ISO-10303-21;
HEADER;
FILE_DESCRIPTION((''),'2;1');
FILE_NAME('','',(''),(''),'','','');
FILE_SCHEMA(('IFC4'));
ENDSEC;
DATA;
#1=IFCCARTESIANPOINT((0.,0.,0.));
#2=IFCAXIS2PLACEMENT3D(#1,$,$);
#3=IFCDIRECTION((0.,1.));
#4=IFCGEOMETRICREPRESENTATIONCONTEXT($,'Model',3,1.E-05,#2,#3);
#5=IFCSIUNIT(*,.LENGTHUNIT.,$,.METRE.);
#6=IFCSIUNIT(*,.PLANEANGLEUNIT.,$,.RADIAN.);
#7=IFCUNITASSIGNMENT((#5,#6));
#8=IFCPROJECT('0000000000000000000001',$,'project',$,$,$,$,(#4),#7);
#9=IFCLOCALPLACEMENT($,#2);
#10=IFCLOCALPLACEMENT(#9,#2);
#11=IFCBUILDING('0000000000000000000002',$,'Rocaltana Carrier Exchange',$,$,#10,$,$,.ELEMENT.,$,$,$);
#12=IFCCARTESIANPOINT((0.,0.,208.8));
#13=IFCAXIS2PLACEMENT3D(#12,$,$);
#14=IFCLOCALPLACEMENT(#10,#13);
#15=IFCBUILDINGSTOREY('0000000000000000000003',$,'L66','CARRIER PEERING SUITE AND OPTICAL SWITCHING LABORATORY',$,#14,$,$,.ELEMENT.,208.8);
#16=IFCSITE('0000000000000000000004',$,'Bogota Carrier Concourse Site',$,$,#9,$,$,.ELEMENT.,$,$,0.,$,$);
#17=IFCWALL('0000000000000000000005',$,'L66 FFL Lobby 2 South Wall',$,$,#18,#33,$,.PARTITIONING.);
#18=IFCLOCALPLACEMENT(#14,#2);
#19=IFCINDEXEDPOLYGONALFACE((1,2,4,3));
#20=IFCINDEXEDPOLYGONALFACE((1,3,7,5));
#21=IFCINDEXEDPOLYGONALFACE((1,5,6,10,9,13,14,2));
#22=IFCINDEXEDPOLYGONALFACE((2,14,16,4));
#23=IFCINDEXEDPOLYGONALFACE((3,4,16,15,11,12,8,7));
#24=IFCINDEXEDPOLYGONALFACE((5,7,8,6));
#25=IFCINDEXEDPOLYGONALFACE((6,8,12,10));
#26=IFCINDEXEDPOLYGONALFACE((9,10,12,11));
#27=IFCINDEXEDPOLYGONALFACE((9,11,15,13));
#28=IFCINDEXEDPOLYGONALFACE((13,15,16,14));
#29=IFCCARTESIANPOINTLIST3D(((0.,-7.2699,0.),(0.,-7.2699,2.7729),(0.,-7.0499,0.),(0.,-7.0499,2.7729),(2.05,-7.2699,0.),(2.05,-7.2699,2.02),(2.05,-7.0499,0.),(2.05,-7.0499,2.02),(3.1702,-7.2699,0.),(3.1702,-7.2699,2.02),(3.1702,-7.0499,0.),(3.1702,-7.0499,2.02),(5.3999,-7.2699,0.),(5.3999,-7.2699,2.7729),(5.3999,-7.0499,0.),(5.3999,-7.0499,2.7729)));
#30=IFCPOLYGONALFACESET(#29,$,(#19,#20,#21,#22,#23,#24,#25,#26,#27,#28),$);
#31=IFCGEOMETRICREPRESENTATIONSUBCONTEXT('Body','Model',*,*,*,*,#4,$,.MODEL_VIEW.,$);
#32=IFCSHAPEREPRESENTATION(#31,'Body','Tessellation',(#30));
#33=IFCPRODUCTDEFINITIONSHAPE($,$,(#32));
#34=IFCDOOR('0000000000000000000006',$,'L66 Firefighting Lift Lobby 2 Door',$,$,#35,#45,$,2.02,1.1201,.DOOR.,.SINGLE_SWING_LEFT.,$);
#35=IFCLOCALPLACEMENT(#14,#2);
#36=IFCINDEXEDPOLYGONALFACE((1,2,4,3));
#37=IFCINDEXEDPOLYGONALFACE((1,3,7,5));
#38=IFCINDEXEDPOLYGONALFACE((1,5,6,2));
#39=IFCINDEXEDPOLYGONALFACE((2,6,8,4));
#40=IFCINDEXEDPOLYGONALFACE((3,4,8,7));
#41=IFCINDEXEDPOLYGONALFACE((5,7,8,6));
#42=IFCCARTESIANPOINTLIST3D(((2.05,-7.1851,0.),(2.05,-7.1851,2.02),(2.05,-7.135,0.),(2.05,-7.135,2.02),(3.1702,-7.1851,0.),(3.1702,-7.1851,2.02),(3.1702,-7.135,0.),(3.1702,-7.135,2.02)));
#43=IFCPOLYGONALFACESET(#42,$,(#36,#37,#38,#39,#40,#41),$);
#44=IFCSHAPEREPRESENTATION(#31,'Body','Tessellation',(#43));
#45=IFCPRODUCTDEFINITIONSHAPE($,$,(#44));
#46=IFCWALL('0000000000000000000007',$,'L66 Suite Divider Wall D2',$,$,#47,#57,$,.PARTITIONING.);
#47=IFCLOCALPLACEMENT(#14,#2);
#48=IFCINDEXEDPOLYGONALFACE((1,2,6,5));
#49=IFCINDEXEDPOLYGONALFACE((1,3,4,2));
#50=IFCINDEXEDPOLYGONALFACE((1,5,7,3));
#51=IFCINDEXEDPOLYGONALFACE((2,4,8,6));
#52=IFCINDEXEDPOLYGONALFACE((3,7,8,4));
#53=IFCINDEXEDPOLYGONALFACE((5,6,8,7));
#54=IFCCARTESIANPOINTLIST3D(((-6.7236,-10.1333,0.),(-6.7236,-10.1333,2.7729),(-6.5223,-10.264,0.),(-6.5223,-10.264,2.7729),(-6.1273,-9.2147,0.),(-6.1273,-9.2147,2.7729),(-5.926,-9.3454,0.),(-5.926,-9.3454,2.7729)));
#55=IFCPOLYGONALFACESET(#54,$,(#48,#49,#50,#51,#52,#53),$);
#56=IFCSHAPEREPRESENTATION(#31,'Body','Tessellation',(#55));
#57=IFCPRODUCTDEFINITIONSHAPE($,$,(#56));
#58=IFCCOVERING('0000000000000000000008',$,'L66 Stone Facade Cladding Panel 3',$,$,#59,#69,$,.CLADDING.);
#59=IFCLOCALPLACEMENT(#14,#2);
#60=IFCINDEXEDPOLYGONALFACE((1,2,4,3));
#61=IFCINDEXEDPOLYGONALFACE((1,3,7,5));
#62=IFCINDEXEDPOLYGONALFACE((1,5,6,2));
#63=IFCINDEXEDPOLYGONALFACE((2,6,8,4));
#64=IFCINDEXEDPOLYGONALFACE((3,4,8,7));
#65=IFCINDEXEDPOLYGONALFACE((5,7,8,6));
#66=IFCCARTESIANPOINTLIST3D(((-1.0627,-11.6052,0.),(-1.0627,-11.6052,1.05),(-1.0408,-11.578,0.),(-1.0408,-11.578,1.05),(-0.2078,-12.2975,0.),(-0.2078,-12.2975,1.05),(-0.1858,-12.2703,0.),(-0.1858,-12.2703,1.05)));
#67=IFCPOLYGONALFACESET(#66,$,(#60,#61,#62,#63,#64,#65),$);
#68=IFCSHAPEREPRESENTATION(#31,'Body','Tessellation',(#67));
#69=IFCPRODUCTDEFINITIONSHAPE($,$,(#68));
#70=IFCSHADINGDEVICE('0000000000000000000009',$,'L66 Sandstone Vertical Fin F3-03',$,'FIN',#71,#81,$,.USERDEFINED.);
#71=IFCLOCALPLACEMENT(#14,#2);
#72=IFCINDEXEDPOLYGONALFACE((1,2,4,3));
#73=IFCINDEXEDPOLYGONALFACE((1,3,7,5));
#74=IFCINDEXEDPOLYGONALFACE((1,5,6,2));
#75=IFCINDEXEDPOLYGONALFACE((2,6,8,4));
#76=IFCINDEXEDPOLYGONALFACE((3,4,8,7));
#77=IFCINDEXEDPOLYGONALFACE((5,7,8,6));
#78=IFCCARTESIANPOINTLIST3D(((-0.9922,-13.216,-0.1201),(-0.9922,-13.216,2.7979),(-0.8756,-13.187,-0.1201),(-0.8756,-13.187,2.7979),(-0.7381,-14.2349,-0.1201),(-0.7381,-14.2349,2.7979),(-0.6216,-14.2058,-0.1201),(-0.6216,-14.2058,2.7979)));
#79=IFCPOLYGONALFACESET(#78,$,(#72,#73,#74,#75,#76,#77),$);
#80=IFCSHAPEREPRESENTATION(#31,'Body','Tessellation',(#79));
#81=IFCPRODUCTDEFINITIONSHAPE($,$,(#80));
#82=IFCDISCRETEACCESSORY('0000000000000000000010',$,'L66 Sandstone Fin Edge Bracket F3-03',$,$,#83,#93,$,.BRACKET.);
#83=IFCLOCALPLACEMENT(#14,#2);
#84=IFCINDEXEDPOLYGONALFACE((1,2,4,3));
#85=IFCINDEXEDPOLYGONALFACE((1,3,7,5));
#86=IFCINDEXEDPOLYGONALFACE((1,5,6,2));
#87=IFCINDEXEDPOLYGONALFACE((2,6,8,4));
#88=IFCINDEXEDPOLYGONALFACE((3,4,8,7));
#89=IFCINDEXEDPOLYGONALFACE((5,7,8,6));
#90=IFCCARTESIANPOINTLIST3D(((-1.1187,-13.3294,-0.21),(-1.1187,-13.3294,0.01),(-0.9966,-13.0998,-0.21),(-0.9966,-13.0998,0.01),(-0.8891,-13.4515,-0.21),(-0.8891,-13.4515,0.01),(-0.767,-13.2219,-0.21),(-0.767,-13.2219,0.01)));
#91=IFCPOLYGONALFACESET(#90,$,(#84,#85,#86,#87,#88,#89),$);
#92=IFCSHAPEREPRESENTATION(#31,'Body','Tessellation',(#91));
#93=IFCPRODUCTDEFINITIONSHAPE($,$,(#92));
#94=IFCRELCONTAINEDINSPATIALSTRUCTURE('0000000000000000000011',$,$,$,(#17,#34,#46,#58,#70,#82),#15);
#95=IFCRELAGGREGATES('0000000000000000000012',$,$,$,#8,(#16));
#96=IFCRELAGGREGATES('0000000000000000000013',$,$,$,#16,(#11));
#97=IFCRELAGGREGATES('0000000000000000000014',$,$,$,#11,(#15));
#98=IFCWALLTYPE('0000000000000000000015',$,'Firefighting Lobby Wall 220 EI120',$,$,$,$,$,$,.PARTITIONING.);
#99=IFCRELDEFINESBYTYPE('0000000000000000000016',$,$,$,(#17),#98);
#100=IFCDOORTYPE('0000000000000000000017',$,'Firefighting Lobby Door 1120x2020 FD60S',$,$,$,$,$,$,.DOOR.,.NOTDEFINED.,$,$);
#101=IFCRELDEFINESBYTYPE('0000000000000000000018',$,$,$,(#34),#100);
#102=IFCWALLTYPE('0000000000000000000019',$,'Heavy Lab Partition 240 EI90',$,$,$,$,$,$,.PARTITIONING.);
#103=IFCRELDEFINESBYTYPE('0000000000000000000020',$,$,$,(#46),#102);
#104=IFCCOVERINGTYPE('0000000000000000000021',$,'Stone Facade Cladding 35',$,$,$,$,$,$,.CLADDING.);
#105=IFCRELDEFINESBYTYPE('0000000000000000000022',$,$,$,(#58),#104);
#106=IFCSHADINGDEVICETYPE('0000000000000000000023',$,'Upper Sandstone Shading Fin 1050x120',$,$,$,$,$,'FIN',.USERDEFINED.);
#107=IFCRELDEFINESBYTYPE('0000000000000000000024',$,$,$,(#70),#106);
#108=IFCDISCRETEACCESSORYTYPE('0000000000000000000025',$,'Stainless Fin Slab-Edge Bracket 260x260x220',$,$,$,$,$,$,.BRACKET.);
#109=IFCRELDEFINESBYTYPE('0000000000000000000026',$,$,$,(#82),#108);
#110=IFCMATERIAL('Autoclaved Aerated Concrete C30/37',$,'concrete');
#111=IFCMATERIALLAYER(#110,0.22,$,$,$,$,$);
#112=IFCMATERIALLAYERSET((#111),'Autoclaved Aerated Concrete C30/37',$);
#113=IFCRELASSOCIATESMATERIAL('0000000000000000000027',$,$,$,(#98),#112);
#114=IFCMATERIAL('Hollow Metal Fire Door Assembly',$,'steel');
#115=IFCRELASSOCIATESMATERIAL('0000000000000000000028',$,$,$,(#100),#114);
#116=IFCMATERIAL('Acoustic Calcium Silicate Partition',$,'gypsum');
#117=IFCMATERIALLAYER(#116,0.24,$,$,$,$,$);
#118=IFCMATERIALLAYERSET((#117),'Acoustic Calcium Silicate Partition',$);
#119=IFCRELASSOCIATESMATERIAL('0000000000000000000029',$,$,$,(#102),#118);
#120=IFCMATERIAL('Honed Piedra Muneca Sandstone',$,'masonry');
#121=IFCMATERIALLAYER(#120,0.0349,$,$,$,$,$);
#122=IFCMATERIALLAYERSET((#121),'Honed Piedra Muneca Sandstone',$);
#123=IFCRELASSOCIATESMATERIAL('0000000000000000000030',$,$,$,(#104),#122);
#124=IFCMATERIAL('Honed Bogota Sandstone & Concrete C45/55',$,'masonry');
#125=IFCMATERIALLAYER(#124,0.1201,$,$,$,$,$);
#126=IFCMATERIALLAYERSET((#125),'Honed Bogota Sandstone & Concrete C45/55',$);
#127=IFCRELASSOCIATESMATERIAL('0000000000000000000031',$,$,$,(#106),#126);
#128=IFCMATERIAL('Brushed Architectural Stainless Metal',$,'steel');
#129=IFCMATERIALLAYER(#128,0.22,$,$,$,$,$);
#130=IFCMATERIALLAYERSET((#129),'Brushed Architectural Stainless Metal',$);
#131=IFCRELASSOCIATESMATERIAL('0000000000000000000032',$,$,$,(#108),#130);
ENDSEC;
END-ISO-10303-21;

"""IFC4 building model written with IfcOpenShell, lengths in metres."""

from ifc_helpers import new_model, si_unit, direction, frame, frame_2d, origin, origin_2d, place, context, subcontext, project, spatial, rectangle, extrude, material, layer, layer_set, type_object, element, fill, save


model = new_model("IFC4")

# Units and contexts
model_context = context("Model", 3, precision=1e-05, world=origin(), true_north=direction((0.0, 1.0)))
body_context = subcontext(model_context, "Body", "Model", "MODEL_VIEW")
ifc_project = project(units=[si_unit("LENGTHUNIT", "METRE"), si_unit("PLANEANGLEUNIT", "RADIAN")], contexts=[model_context])

# Site, building, storey
site_placement = place(None, origin())
site = spatial("IfcSite", under=ifc_project, at=site_placement, Name="Bogota Carrier Concourse Site", CompositionType="ELEMENT", RefElevation=0.0)
building_placement = place(site_placement, origin())
building = spatial("IfcBuilding", under=site, at=building_placement, Name="Rocaltana Carrier Exchange", CompositionType="ELEMENT")
storey_placement = place(building_placement, frame((0.0, 0.0, 208.8)))
storey = spatial("IfcBuildingStorey", under=building, at=storey_placement, Name="L66", Description="CARRIER PEERING SUITE AND OPTICAL SWITCHING LABORATORY", CompositionType="ELEMENT", Elevation=208.8)

# Shared definitions
ifc_material_1 = material(Name="Autoclaved Aerated Concrete C30/37", Category="concrete")
ifc_layer_1 = layer(ifc_material_1, 0.22)
ifc_layer_set_1 = layer_set([ifc_layer_1], Name="Autoclaved Aerated Concrete C30/37")
wall_type_1 = type_object("IfcWallType", Name="Firefighting Lobby Wall 220 EI120", PredefinedType="PARTITIONING", material=ifc_layer_set_1)

# Wall, opening, door
ifc_material_2 = material(Name="Hollow Metal Fire Door Assembly", Category="steel")
door_type = type_object("IfcDoorType", Name="Firefighting Lobby Door 1120x2020 FD60S", OperationType="NOTDEFINED", PredefinedType="DOOR", material=ifc_material_2)
wall_1_placement = place(storey_placement, frame((0.0, -7.1599, 0.0), z_axis=(0.0, 0.0, 1.0), x_axis=(1.0, 0.0, 0.0)))
wall_1 = element("IfcWall", 1, at=wall_1_placement, inside=storey, type_object=wall_type_1, Name="L66 FFL Lobby 2 South Wall", PredefinedType="PARTITIONING", context=body_context, shape_type="SweptSolid", body=[
    extrude(rectangle(XDim=5.3999, YDim=0.22, at=frame_2d((2.7, 0.0))), origin(), (0.0, 0.0, 1.0), 2.7729),
])
opening_1_placement = place(wall_1_placement, frame((2.05, 0.0, 0.0)))
opening_1 = element("IfcOpeningElement", 2, at=opening_1_placement, cuts=wall_1, PredefinedType="OPENING", context=body_context, shape_type="SweptSolid", body=[
    extrude(rectangle(XDim=1.1201, YDim=2.02, at=frame_2d((0.5601, 1.01))), frame((0.0, 0.1199, 0.0), z_axis=(0.0, -1.0, 0.0), x_axis=(1.0, 0.0, 0.0)), (0.0, 0.0, 1.0), 0.24),
])
door_1_placement = place(opening_1_placement, origin())
door_1 = element("IfcDoor", 3, at=door_1_placement, inside=storey, type_object=door_type, Name="L66 Firefighting Lift Lobby 2 Door", OperationType="SINGLE_SWING_LEFT", OverallHeight=2.02, OverallWidth=1.1201, PredefinedType="DOOR", context=body_context, shape_type="SweptSolid", body=[
    extrude(rectangle(XDim=1.1201, YDim=2.02, at=frame_2d((0.5601, 1.01))), frame((0.0, 0.0249, 0.0), z_axis=(0.0, -1.0, 0.0), x_axis=(1.0, 0.0, 0.0)), (0.0, 0.0, 1.0), 0.05),
])
fill(opening_1, door_1)

# Wall
ifc_material_3 = material(Name="Acoustic Calcium Silicate Partition", Category="gypsum")
ifc_layer_2 = layer(ifc_material_3, 0.24)
ifc_layer_set_2 = layer_set([ifc_layer_2], Name="Acoustic Calcium Silicate Partition")
wall_type_2 = type_object("IfcWallType", Name="Heavy Lab Partition 240 EI90", PredefinedType="PARTITIONING", material=ifc_layer_set_2)
wall_2_placement = place(storey_placement, frame((-6.0266, -9.28, 0.0), z_axis=(0.0, 0.0, 1.0), x_axis=(-0.544526, -0.838744, 0.0)))
element("IfcWall", 4, at=wall_2_placement, inside=storey, type_object=wall_type_2, Name="L66 Suite Divider Wall D2", PredefinedType="PARTITIONING", context=body_context, shape_type="SweptSolid", body=[
    extrude(rectangle(XDim=1.0952, YDim=0.24, at=frame_2d((0.5476, 0.0))), origin(), (0.0, 0.0, 1.0), 2.7729),
])

# Covering
ifc_material_4 = material(Name="Honed Piedra Muneca Sandstone", Category="masonry")
ifc_layer_3 = layer(ifc_material_4, 0.0349)
ifc_layer_set_3 = layer_set([ifc_layer_3], Name="Honed Piedra Muneca Sandstone")
covering_type = type_object("IfcCoveringType", Name="Stone Facade Cladding 35", PredefinedType="CLADDING", material=ifc_layer_set_3)
covering_placement = place(storey_placement, frame((-0.6243, -11.9377, 0.0), z_axis=(0.0, 0.0, 1.0), x_axis=(-0.777146, 0.62932, 0.0)))
element("IfcCovering", 5, at=covering_placement, inside=storey, type_object=covering_type, Name="L66 Stone Facade Cladding Panel 3", PredefinedType="CLADDING", context=body_context, shape_type="SweptSolid", body=[
    extrude(rectangle(XDim=1.1001, YDim=0.0349, at=origin_2d()), origin(), (0.0, 0.0, 1.0), 1.05),
])

# Shading device
ifc_material_5 = material(Name="Honed Bogota Sandstone & Concrete C45/55", Category="masonry")
ifc_layer_4 = layer(ifc_material_5, 0.1201)
ifc_layer_set_4 = layer_set([ifc_layer_4], Name="Honed Bogota Sandstone & Concrete C45/55")
shading_device_type = type_object("IfcShadingDeviceType", Name="Upper Sandstone Shading Fin 1050x120", ElementType="FIN", PredefinedType="USERDEFINED", material=ifc_layer_set_4)
shading_device_placement = place(storey_placement, frame((-0.8069, -13.7109, -0.1201), z_axis=(0.0, 0.0, 1.0), x_axis=(0.241922, -0.970296, 0.0)))
element("IfcShadingDevice", 6, at=shading_device_placement, inside=storey, type_object=shading_device_type, Name="L66 Sandstone Vertical Fin F3-03", ObjectType="FIN", PredefinedType="USERDEFINED", context=body_context, shape_type="SweptSolid", body=[
    extrude(rectangle(XDim=1.05, YDim=0.1201, at=origin_2d()), origin(), (0.0, 0.0, 1.0), 2.918),
])

# Discrete accessory
ifc_material_6 = material(Name="Brushed Architectural Stainless Metal", Category="steel")
ifc_layer_5 = layer(ifc_material_6, 0.22)
ifc_layer_set_5 = layer_set([ifc_layer_5], Name="Brushed Architectural Stainless Metal")
discrete_accessory_type = type_object("IfcDiscreteAccessoryType", Name="Stainless Fin Slab-Edge Bracket 260x260x220", PredefinedType="BRACKET", material=ifc_layer_set_5)
discrete_accessory_placement = place(storey_placement, frame((-0.9429, -13.2756, -0.21), z_axis=(0.0, 0.0, 1.0), x_axis=(0.882948, -0.469472, 0.0)))
element("IfcDiscreteAccessory", 7, at=discrete_accessory_placement, inside=storey, type_object=discrete_accessory_type, Name="L66 Sandstone Fin Edge Bracket F3-03", PredefinedType="BRACKET", context=body_context, shape_type="SweptSolid", body=[
    extrude(rectangle(XDim=0.26, YDim=0.26, at=origin_2d()), origin(), (0.0, 0.0, 1.0), 0.22),
])

save(model, "model.ifc")
